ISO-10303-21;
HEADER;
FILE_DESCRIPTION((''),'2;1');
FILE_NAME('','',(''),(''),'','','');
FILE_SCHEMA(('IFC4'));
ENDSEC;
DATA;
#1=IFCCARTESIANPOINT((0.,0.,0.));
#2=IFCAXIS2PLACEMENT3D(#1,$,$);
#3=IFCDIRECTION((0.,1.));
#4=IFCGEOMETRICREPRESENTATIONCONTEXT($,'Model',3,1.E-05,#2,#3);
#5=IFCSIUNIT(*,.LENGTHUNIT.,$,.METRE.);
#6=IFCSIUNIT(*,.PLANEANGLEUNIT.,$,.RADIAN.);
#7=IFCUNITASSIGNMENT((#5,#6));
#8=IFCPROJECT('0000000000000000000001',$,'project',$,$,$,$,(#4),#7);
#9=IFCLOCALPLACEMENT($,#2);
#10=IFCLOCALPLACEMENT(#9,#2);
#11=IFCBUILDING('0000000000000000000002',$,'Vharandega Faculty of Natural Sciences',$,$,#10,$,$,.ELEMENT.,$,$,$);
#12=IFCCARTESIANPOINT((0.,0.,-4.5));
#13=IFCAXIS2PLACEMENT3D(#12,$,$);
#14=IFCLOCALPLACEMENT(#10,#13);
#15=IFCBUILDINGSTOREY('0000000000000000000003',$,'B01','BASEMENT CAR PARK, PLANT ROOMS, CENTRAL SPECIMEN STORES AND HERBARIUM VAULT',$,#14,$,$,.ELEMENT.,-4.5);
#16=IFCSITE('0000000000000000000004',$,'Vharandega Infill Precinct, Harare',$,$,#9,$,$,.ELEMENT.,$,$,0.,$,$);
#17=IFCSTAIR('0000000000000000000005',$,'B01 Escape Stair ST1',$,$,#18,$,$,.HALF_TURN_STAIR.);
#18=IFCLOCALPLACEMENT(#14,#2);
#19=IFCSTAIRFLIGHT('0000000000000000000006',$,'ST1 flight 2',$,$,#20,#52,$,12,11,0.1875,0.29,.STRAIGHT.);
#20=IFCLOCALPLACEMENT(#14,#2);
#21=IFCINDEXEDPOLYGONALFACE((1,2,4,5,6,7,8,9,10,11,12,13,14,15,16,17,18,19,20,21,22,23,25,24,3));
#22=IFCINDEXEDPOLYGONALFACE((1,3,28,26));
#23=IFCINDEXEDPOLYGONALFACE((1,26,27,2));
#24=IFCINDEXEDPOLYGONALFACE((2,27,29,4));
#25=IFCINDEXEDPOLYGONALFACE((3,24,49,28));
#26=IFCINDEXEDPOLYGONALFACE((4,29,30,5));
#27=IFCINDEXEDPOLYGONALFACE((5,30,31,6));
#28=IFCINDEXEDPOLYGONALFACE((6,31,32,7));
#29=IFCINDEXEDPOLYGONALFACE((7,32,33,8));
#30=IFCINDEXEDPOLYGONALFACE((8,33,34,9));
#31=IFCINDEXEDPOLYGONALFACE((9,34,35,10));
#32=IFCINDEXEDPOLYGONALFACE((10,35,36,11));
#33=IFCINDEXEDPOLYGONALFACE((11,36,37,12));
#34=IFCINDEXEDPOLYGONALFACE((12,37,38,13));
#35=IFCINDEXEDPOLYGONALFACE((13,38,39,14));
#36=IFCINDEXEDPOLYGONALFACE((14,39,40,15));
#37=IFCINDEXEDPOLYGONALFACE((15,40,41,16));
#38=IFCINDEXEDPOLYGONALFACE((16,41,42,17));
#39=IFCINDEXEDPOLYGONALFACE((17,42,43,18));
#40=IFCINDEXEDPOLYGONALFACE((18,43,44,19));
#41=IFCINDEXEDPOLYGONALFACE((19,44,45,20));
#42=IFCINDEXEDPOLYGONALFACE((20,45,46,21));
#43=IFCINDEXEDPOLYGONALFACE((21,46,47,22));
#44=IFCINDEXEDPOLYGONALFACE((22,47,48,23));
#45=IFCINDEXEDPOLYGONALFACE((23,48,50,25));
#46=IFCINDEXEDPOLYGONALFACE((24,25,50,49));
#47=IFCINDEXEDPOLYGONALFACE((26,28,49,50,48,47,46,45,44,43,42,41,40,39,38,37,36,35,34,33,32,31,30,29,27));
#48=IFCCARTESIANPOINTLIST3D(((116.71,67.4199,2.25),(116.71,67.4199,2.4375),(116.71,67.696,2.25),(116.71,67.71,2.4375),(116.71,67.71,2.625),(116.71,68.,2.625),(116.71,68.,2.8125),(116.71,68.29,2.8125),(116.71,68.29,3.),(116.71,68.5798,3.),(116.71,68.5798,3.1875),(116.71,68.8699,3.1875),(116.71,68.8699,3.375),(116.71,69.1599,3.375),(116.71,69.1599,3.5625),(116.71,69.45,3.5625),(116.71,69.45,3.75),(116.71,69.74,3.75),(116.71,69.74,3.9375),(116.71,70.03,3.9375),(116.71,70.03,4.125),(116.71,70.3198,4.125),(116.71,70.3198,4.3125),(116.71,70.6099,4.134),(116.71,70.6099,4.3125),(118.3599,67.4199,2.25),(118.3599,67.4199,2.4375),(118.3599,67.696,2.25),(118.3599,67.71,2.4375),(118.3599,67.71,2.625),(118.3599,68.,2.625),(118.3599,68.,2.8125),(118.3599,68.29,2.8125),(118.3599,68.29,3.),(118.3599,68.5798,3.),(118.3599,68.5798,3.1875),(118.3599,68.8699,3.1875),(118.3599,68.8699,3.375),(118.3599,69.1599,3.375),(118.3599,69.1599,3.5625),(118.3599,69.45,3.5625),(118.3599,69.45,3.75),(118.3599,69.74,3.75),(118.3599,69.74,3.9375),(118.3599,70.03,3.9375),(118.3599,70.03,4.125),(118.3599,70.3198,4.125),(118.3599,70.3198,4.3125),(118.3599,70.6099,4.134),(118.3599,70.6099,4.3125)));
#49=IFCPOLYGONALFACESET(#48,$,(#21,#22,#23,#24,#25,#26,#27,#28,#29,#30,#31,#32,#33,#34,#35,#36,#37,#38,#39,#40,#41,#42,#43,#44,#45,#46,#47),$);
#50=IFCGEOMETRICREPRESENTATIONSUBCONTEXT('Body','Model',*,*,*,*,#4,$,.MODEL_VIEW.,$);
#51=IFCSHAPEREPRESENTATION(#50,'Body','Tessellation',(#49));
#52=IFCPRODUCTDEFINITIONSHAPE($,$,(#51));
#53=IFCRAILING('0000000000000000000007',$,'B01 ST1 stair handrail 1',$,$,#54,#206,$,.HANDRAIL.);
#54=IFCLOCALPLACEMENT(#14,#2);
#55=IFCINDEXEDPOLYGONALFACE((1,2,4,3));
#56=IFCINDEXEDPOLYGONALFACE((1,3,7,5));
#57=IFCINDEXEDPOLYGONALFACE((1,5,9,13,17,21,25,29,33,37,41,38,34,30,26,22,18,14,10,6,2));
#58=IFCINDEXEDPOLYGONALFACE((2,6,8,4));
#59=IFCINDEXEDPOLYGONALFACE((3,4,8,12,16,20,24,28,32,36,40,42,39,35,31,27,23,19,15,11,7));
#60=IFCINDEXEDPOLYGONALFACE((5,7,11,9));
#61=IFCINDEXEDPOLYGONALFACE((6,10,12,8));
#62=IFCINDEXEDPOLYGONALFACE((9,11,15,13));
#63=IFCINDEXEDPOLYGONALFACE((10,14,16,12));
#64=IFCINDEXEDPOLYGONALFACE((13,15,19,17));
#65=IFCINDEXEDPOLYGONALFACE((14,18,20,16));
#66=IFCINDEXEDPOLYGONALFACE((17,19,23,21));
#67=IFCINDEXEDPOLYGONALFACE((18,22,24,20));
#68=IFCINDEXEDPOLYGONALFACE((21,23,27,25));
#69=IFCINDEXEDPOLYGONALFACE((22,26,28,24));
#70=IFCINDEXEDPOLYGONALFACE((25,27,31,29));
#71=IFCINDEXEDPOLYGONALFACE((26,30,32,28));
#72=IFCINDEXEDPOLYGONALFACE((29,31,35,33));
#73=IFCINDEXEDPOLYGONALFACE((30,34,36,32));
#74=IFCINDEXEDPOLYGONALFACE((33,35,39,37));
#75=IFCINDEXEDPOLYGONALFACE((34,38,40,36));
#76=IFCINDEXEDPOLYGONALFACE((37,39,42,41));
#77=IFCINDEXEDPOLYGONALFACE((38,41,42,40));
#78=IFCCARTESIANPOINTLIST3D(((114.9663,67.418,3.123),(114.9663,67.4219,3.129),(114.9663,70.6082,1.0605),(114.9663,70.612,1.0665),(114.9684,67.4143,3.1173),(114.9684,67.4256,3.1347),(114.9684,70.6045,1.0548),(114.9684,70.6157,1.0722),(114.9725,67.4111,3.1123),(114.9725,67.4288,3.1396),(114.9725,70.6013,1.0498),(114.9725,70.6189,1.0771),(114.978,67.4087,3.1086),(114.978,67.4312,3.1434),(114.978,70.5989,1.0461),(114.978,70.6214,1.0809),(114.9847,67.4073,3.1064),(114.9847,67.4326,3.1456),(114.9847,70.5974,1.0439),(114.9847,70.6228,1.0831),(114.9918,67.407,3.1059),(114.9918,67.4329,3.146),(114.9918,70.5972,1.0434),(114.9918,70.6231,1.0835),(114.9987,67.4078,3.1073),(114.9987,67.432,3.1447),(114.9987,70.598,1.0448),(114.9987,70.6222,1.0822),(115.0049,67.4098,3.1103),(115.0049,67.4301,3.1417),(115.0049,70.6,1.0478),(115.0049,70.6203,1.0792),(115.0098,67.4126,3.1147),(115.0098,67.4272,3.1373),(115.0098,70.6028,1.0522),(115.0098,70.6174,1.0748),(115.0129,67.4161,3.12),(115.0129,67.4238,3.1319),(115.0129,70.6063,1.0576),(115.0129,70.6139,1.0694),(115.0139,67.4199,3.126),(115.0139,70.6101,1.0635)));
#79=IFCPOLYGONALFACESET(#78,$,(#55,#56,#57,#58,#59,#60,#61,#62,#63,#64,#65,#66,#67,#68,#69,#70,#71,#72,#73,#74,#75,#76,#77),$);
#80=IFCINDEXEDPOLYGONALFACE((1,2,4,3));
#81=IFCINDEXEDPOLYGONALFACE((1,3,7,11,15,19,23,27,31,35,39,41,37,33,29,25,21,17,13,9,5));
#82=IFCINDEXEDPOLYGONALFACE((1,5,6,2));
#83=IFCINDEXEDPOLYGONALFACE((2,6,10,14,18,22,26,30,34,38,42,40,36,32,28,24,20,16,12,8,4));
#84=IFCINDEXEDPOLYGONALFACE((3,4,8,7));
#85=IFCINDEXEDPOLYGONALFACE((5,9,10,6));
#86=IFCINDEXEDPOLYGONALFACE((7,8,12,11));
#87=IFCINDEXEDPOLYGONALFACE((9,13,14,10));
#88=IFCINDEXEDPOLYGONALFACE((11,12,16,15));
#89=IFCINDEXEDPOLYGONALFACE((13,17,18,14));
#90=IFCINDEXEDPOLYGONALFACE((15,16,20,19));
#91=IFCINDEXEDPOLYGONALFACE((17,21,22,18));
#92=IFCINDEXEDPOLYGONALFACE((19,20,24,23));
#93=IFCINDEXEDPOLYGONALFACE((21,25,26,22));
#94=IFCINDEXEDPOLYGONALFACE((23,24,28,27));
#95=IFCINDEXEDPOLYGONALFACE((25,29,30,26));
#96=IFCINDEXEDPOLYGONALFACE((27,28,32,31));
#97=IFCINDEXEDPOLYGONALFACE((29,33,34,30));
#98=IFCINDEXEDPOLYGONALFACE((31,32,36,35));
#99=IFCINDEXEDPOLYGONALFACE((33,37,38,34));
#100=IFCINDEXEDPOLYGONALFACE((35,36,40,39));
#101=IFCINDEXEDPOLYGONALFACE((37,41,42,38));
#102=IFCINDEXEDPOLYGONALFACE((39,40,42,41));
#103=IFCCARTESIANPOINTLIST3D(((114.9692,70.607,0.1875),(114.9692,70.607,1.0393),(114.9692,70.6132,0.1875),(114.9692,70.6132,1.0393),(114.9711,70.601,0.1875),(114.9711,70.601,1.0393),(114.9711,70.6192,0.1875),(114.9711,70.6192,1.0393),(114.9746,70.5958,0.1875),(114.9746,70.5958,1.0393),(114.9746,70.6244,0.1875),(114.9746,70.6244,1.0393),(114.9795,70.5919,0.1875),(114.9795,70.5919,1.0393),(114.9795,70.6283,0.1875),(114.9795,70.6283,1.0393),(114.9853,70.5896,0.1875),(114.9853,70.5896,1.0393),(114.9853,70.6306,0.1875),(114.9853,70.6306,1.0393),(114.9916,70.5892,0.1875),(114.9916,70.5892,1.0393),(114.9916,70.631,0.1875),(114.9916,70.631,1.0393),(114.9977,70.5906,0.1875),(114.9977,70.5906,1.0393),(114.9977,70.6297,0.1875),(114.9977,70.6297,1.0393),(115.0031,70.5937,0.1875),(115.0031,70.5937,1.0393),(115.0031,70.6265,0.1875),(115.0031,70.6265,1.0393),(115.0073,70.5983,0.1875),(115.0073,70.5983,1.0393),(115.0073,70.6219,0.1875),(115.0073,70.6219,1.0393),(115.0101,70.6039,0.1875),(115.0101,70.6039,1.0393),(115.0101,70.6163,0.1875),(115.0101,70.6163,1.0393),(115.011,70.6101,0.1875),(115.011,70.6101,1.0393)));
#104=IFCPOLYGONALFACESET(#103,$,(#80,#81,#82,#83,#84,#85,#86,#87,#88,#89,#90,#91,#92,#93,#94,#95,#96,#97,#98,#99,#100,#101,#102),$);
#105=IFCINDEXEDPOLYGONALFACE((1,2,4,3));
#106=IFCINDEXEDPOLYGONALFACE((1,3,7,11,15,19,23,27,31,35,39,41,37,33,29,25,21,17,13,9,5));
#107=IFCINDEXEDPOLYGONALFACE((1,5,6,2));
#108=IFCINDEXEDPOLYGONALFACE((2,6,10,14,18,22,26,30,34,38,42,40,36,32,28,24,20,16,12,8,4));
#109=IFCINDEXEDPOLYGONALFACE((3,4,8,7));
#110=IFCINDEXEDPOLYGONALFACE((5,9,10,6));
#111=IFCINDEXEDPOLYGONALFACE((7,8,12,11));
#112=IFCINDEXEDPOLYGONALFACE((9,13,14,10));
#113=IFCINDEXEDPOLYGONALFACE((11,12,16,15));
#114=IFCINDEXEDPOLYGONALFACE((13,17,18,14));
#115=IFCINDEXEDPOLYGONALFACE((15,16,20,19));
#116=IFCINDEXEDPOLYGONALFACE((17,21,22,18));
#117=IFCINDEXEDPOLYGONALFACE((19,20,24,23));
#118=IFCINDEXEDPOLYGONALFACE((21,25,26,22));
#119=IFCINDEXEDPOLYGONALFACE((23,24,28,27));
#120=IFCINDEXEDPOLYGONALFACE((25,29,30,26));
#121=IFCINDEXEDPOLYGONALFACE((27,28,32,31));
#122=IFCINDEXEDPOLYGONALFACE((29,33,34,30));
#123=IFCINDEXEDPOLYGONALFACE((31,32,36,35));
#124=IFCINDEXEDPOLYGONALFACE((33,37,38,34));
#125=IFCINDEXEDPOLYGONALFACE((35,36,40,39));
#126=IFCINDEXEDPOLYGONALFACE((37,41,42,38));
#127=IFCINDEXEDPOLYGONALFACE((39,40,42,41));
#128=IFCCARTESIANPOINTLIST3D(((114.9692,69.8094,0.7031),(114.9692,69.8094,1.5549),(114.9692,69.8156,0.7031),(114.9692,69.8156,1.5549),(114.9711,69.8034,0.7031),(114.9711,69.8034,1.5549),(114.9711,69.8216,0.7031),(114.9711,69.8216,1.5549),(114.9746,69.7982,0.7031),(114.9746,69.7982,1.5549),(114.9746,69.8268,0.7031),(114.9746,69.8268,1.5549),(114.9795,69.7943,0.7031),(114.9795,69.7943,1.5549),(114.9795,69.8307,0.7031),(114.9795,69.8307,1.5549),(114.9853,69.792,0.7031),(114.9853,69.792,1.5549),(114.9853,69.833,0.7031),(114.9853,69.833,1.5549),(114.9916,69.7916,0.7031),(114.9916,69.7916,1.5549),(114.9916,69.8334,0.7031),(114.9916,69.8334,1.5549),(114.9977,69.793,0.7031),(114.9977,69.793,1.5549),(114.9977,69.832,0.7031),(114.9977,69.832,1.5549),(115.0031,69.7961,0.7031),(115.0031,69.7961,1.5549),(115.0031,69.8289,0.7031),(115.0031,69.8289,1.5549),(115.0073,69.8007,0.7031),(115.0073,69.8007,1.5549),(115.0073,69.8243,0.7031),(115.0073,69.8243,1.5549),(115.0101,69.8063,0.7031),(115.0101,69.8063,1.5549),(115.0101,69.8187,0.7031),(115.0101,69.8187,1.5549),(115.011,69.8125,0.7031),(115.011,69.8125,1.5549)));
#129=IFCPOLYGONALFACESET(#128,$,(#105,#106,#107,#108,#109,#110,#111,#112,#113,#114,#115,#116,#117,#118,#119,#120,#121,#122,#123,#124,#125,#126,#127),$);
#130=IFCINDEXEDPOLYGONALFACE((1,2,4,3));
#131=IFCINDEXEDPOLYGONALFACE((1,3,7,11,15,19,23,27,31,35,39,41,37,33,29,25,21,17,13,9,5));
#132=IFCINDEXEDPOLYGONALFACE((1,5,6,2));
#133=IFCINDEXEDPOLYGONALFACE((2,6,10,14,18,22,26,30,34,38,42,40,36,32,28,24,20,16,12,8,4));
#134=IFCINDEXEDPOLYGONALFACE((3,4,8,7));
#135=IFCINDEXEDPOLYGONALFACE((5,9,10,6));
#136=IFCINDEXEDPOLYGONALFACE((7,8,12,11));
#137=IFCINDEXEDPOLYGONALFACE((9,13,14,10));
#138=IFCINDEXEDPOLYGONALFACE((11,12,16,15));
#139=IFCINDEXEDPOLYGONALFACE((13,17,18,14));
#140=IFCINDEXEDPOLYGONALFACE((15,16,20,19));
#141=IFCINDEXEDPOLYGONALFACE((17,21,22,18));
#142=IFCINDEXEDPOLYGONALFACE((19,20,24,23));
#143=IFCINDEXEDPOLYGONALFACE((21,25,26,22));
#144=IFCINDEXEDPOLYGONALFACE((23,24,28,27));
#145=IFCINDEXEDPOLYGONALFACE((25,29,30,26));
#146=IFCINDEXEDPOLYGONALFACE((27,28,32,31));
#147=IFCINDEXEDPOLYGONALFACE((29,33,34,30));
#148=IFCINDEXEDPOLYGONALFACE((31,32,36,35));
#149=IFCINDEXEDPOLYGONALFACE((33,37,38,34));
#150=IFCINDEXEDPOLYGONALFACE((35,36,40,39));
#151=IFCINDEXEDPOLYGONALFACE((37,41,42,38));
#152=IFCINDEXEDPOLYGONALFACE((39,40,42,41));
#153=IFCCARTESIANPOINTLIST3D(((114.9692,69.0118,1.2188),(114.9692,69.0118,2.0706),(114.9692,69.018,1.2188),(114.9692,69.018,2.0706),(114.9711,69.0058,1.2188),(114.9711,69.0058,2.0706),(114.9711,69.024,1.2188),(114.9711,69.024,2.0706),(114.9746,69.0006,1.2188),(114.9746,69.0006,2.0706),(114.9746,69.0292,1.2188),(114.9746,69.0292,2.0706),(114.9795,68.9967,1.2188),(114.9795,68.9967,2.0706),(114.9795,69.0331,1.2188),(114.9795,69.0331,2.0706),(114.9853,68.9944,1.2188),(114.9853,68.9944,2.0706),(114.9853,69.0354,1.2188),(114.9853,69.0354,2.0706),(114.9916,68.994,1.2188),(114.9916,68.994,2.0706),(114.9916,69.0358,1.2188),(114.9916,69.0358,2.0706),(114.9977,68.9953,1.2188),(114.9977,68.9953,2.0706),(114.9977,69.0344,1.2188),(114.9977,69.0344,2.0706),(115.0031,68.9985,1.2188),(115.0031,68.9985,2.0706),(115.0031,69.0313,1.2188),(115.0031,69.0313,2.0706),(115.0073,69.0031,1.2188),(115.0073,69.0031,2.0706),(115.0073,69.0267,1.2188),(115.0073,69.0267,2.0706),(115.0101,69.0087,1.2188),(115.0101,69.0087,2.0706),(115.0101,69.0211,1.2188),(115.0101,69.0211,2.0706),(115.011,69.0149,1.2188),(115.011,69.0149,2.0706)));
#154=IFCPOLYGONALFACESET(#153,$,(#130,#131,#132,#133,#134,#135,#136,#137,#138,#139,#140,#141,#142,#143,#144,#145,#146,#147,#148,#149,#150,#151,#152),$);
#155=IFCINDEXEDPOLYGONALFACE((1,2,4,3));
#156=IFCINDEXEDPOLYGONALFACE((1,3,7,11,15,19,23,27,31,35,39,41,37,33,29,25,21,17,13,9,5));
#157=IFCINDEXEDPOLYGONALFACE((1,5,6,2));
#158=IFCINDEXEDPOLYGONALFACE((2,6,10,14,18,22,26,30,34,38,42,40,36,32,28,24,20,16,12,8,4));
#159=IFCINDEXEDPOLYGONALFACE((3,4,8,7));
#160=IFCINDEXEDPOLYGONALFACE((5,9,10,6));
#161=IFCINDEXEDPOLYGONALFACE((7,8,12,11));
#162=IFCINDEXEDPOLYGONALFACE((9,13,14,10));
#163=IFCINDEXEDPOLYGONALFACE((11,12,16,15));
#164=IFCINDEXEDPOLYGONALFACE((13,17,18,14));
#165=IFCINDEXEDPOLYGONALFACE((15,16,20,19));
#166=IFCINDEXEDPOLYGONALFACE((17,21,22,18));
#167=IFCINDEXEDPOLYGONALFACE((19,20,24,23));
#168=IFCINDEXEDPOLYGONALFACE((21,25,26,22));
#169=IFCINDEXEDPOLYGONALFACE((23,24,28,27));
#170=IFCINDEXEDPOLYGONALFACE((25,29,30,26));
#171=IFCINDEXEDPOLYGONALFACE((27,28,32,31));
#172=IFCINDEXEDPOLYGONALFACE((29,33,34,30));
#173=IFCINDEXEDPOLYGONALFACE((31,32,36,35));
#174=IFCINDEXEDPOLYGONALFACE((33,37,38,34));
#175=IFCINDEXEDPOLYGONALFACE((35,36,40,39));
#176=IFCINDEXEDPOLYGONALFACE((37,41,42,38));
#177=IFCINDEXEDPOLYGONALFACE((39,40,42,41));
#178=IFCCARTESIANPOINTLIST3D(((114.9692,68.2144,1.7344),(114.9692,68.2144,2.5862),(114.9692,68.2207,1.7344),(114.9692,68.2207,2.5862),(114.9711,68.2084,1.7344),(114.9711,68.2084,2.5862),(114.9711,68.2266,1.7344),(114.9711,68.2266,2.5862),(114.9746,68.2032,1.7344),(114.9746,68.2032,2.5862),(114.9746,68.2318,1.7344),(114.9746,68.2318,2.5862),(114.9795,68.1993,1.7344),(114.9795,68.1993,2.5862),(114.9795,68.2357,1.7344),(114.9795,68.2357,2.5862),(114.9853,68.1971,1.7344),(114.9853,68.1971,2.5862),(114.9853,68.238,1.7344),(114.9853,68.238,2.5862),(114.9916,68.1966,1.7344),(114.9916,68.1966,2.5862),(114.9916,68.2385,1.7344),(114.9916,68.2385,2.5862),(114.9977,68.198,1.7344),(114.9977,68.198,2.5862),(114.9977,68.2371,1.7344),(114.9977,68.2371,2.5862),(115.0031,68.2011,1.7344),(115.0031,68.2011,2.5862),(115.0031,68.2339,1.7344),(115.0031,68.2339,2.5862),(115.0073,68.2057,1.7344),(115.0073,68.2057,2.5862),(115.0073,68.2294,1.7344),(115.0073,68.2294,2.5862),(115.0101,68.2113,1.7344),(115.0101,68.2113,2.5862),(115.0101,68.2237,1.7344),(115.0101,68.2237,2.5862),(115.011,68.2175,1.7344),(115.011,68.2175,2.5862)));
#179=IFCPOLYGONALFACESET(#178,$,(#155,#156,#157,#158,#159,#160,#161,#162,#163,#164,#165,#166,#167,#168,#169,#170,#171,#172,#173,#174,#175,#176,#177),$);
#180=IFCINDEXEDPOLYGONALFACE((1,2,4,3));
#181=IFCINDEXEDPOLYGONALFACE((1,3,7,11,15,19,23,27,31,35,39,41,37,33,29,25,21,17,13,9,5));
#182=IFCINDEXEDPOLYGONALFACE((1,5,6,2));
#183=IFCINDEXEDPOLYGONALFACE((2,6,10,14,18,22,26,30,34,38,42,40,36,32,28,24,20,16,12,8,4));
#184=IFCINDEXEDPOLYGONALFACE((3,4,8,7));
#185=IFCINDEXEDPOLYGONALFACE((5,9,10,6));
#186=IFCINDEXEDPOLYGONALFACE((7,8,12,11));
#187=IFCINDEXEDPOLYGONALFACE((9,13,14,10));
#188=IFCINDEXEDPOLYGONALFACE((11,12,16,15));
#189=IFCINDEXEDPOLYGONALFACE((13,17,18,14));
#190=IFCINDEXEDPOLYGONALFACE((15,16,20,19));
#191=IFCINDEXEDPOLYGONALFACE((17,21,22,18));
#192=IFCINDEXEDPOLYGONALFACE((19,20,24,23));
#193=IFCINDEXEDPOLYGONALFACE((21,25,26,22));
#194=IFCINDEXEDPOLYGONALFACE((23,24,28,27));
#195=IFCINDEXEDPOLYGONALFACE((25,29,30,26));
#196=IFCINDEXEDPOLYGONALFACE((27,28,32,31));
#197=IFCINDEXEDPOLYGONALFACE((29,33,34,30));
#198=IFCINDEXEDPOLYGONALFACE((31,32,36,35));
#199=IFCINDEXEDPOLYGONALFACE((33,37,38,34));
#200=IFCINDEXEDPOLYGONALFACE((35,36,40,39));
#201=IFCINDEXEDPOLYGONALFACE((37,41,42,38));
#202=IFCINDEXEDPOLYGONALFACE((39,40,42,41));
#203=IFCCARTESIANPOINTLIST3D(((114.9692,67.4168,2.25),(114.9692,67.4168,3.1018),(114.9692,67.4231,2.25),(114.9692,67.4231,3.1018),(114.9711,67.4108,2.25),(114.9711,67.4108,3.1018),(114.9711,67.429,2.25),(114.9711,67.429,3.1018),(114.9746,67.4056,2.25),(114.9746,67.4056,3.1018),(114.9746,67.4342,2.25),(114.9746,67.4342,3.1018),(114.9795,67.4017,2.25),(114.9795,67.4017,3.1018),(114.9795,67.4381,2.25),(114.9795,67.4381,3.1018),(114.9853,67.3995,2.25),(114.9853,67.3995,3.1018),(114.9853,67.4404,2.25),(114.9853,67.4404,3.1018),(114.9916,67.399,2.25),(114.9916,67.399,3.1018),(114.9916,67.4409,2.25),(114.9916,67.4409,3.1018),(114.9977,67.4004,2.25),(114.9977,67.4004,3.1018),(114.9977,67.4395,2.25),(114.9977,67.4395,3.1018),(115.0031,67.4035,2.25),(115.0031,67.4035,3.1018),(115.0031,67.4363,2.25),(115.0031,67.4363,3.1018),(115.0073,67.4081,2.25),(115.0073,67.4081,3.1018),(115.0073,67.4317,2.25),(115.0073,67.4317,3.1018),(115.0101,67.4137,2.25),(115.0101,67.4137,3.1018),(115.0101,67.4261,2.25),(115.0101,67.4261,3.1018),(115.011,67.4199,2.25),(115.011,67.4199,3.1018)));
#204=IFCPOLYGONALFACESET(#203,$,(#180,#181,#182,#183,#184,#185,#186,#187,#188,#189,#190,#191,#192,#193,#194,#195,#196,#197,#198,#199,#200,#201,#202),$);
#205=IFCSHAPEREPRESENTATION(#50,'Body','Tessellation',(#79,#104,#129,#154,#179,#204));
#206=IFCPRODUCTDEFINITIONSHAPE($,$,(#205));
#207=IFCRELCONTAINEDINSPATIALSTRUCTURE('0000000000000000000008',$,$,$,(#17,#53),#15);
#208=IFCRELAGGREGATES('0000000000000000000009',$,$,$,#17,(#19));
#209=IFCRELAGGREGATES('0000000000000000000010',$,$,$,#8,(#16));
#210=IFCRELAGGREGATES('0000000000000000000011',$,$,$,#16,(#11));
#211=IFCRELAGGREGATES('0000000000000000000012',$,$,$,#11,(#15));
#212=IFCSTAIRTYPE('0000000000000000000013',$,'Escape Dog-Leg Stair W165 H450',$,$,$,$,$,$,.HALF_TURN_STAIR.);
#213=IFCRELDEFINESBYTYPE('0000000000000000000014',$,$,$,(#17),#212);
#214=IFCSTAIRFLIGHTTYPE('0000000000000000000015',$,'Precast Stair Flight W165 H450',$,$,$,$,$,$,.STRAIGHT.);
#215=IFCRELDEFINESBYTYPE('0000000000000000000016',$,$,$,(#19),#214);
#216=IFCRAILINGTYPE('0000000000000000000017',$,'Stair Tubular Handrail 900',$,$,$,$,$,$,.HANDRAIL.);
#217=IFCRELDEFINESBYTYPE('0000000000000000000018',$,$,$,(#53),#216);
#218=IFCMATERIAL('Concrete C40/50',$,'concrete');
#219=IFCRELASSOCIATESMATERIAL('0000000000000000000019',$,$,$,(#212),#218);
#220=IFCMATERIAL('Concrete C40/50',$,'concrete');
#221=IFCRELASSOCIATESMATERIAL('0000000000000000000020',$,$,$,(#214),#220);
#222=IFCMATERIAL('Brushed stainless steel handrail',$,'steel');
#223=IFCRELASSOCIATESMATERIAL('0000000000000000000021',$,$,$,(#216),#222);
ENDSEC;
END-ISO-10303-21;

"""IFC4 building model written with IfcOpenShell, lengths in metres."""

from ifc_helpers import new_model, si_unit, direction, frame, origin, origin_2d, place, context, subcontext, project, spatial, polyline, circle, outline, extrude, material, type_object, element, aggregate, save


model = new_model("IFC4")

# Units and contexts
model_context = context("Model", 3, precision=1e-05, world=origin(), true_north=direction((0.0, 1.0)))
body_context = subcontext(model_context, "Body", "Model", "MODEL_VIEW")
ifc_project = project(units=[si_unit("LENGTHUNIT", "METRE"), si_unit("PLANEANGLEUNIT", "RADIAN")], contexts=[model_context])

# Site, building, storey
site_placement = place(None, origin())
site = spatial("IfcSite", under=ifc_project, at=site_placement, Name="Vharandega Infill Precinct, Harare", CompositionType="ELEMENT", RefElevation=0.0)
building_placement = place(site_placement, origin())
building = spatial("IfcBuilding", under=site, at=building_placement, Name="Vharandega Faculty of Natural Sciences", CompositionType="ELEMENT")
storey_placement = place(building_placement, frame((0.0, 0.0, -4.5)))
storey = spatial("IfcBuildingStorey", under=building, at=storey_placement, Name="B01", Description="BASEMENT CAR PARK, PLANT ROOMS, CENTRAL SPECIMEN STORES AND HERBARIUM VAULT", CompositionType="ELEMENT", Elevation=-4.5)

# Stair, stair flight
ifc_material_1 = material(Name="Concrete C40/50", Category="concrete")
stair_type = type_object("IfcStairType", Name="Escape Dog-Leg Stair W165 H450", PredefinedType="HALF_TURN_STAIR", material=ifc_material_1)
stair_placement = place(storey_placement, origin())
stair = element("IfcStair", 1, at=stair_placement, inside=storey, type_object=stair_type, Name="B01 Escape Stair ST1", PredefinedType="HALF_TURN_STAIR")
ifc_material_2 = material(Name="Concrete C40/50", Category="concrete")
stair_flight_type = type_object("IfcStairFlightType", Name="Precast Stair Flight W165 H450", PredefinedType="STRAIGHT", material=ifc_material_2)
stair_flight_1_placement = place(storey_placement, frame((117.5349, 67.4199, 2.25), z_axis=(0.0, 0.0, 1.0), x_axis=(0.0, 1.0, 0.0)))
stair_flight_1 = element("IfcStairFlight", 2, at=stair_flight_1_placement, type_object=stair_flight_type, Name="ST1 flight 2", NumberOfRisers=12, NumberOfTreads=11, PredefinedType="STRAIGHT", RiserHeight=0.1875, TreadLength=0.29, context=body_context, shape_type="SweptSolid", body=[
    extrude(outline(polyline([(0.0, 0.0), (0.0, 0.1875), (0.29, 0.1875), (0.29, 0.375), (0.5801, 0.375), (0.5801, 0.5625), (0.8701, 0.5625), (0.8701, 0.75), (1.1599, 0.75), (1.1599, 0.9375), (1.45, 0.9375), (1.45, 1.125), (1.74, 1.125), (1.74, 1.3125), (2.03, 1.3125), (2.03, 1.5), (2.3201, 1.5), (2.3201, 1.6875), (2.6101, 1.6875), (2.6101, 1.875), (2.8999, 1.875), (2.8999, 2.0625), (3.1899, 2.0625), (3.1899, 2.25), (3.1899, 1.884), (0.2761, 0.0), (0.0, 0.0)])), frame((0.0, 0.825, 0.0), z_axis=(0.0, -1.0, 0.0), x_axis=(1.0, 0.0, 0.0)), (0.0, 0.0, 1.0), 1.6499),
])
aggregate(stair, [stair_flight_1])

# Railing
ifc_material_3 = material(Name="Brushed stainless steel handrail", Category="steel")
railing_type_1 = type_object("IfcRailingType", Name="Stair Tubular Handrail 900", PredefinedType="HANDRAIL", material=ifc_material_3)
railing_1_placement = place(storey_placement, frame((114.99, 70.6101, 0.1875)))
element("IfcRailing", 3, at=railing_1_placement, inside=storey, type_object=railing_type_1, Name="B01 ST1 stair handrail 1", PredefinedType="HANDRAIL", context=body_context, shape_type="SweptSolid", body=[
    extrude(circle(Radius=0.0239, at=origin_2d()), frame((0.0, 0.0, 0.876), z_axis=(0.0, -0.839779, 0.542929), x_axis=(1.0, 0.0, 0.0)), (0.0, 0.0, 1.0), 3.7988),
    extrude(circle(Radius=0.021, at=origin_2d()), origin(), (0.0, 0.0, 1.0), 0.8518),
    extrude(circle(Radius=0.021, at=origin_2d()), frame((0.0, -0.7976, 0.5156)), (0.0, 0.0, 1.0), 0.8518),
    extrude(circle(Radius=0.021, at=origin_2d()), frame((0.0, -1.5952, 1.0312)), (0.0, 0.0, 1.0), 0.8518),
    extrude(circle(Radius=0.021, at=origin_2d()), frame((0.0, -2.3926, 1.5469)), (0.0, 0.0, 1.0), 0.8518),
    extrude(circle(Radius=0.021, at=origin_2d()), frame((0.0, -3.1902, 2.0625)), (0.0, 0.0, 1.0), 0.8518),
])

save(model, "model.ifc")
